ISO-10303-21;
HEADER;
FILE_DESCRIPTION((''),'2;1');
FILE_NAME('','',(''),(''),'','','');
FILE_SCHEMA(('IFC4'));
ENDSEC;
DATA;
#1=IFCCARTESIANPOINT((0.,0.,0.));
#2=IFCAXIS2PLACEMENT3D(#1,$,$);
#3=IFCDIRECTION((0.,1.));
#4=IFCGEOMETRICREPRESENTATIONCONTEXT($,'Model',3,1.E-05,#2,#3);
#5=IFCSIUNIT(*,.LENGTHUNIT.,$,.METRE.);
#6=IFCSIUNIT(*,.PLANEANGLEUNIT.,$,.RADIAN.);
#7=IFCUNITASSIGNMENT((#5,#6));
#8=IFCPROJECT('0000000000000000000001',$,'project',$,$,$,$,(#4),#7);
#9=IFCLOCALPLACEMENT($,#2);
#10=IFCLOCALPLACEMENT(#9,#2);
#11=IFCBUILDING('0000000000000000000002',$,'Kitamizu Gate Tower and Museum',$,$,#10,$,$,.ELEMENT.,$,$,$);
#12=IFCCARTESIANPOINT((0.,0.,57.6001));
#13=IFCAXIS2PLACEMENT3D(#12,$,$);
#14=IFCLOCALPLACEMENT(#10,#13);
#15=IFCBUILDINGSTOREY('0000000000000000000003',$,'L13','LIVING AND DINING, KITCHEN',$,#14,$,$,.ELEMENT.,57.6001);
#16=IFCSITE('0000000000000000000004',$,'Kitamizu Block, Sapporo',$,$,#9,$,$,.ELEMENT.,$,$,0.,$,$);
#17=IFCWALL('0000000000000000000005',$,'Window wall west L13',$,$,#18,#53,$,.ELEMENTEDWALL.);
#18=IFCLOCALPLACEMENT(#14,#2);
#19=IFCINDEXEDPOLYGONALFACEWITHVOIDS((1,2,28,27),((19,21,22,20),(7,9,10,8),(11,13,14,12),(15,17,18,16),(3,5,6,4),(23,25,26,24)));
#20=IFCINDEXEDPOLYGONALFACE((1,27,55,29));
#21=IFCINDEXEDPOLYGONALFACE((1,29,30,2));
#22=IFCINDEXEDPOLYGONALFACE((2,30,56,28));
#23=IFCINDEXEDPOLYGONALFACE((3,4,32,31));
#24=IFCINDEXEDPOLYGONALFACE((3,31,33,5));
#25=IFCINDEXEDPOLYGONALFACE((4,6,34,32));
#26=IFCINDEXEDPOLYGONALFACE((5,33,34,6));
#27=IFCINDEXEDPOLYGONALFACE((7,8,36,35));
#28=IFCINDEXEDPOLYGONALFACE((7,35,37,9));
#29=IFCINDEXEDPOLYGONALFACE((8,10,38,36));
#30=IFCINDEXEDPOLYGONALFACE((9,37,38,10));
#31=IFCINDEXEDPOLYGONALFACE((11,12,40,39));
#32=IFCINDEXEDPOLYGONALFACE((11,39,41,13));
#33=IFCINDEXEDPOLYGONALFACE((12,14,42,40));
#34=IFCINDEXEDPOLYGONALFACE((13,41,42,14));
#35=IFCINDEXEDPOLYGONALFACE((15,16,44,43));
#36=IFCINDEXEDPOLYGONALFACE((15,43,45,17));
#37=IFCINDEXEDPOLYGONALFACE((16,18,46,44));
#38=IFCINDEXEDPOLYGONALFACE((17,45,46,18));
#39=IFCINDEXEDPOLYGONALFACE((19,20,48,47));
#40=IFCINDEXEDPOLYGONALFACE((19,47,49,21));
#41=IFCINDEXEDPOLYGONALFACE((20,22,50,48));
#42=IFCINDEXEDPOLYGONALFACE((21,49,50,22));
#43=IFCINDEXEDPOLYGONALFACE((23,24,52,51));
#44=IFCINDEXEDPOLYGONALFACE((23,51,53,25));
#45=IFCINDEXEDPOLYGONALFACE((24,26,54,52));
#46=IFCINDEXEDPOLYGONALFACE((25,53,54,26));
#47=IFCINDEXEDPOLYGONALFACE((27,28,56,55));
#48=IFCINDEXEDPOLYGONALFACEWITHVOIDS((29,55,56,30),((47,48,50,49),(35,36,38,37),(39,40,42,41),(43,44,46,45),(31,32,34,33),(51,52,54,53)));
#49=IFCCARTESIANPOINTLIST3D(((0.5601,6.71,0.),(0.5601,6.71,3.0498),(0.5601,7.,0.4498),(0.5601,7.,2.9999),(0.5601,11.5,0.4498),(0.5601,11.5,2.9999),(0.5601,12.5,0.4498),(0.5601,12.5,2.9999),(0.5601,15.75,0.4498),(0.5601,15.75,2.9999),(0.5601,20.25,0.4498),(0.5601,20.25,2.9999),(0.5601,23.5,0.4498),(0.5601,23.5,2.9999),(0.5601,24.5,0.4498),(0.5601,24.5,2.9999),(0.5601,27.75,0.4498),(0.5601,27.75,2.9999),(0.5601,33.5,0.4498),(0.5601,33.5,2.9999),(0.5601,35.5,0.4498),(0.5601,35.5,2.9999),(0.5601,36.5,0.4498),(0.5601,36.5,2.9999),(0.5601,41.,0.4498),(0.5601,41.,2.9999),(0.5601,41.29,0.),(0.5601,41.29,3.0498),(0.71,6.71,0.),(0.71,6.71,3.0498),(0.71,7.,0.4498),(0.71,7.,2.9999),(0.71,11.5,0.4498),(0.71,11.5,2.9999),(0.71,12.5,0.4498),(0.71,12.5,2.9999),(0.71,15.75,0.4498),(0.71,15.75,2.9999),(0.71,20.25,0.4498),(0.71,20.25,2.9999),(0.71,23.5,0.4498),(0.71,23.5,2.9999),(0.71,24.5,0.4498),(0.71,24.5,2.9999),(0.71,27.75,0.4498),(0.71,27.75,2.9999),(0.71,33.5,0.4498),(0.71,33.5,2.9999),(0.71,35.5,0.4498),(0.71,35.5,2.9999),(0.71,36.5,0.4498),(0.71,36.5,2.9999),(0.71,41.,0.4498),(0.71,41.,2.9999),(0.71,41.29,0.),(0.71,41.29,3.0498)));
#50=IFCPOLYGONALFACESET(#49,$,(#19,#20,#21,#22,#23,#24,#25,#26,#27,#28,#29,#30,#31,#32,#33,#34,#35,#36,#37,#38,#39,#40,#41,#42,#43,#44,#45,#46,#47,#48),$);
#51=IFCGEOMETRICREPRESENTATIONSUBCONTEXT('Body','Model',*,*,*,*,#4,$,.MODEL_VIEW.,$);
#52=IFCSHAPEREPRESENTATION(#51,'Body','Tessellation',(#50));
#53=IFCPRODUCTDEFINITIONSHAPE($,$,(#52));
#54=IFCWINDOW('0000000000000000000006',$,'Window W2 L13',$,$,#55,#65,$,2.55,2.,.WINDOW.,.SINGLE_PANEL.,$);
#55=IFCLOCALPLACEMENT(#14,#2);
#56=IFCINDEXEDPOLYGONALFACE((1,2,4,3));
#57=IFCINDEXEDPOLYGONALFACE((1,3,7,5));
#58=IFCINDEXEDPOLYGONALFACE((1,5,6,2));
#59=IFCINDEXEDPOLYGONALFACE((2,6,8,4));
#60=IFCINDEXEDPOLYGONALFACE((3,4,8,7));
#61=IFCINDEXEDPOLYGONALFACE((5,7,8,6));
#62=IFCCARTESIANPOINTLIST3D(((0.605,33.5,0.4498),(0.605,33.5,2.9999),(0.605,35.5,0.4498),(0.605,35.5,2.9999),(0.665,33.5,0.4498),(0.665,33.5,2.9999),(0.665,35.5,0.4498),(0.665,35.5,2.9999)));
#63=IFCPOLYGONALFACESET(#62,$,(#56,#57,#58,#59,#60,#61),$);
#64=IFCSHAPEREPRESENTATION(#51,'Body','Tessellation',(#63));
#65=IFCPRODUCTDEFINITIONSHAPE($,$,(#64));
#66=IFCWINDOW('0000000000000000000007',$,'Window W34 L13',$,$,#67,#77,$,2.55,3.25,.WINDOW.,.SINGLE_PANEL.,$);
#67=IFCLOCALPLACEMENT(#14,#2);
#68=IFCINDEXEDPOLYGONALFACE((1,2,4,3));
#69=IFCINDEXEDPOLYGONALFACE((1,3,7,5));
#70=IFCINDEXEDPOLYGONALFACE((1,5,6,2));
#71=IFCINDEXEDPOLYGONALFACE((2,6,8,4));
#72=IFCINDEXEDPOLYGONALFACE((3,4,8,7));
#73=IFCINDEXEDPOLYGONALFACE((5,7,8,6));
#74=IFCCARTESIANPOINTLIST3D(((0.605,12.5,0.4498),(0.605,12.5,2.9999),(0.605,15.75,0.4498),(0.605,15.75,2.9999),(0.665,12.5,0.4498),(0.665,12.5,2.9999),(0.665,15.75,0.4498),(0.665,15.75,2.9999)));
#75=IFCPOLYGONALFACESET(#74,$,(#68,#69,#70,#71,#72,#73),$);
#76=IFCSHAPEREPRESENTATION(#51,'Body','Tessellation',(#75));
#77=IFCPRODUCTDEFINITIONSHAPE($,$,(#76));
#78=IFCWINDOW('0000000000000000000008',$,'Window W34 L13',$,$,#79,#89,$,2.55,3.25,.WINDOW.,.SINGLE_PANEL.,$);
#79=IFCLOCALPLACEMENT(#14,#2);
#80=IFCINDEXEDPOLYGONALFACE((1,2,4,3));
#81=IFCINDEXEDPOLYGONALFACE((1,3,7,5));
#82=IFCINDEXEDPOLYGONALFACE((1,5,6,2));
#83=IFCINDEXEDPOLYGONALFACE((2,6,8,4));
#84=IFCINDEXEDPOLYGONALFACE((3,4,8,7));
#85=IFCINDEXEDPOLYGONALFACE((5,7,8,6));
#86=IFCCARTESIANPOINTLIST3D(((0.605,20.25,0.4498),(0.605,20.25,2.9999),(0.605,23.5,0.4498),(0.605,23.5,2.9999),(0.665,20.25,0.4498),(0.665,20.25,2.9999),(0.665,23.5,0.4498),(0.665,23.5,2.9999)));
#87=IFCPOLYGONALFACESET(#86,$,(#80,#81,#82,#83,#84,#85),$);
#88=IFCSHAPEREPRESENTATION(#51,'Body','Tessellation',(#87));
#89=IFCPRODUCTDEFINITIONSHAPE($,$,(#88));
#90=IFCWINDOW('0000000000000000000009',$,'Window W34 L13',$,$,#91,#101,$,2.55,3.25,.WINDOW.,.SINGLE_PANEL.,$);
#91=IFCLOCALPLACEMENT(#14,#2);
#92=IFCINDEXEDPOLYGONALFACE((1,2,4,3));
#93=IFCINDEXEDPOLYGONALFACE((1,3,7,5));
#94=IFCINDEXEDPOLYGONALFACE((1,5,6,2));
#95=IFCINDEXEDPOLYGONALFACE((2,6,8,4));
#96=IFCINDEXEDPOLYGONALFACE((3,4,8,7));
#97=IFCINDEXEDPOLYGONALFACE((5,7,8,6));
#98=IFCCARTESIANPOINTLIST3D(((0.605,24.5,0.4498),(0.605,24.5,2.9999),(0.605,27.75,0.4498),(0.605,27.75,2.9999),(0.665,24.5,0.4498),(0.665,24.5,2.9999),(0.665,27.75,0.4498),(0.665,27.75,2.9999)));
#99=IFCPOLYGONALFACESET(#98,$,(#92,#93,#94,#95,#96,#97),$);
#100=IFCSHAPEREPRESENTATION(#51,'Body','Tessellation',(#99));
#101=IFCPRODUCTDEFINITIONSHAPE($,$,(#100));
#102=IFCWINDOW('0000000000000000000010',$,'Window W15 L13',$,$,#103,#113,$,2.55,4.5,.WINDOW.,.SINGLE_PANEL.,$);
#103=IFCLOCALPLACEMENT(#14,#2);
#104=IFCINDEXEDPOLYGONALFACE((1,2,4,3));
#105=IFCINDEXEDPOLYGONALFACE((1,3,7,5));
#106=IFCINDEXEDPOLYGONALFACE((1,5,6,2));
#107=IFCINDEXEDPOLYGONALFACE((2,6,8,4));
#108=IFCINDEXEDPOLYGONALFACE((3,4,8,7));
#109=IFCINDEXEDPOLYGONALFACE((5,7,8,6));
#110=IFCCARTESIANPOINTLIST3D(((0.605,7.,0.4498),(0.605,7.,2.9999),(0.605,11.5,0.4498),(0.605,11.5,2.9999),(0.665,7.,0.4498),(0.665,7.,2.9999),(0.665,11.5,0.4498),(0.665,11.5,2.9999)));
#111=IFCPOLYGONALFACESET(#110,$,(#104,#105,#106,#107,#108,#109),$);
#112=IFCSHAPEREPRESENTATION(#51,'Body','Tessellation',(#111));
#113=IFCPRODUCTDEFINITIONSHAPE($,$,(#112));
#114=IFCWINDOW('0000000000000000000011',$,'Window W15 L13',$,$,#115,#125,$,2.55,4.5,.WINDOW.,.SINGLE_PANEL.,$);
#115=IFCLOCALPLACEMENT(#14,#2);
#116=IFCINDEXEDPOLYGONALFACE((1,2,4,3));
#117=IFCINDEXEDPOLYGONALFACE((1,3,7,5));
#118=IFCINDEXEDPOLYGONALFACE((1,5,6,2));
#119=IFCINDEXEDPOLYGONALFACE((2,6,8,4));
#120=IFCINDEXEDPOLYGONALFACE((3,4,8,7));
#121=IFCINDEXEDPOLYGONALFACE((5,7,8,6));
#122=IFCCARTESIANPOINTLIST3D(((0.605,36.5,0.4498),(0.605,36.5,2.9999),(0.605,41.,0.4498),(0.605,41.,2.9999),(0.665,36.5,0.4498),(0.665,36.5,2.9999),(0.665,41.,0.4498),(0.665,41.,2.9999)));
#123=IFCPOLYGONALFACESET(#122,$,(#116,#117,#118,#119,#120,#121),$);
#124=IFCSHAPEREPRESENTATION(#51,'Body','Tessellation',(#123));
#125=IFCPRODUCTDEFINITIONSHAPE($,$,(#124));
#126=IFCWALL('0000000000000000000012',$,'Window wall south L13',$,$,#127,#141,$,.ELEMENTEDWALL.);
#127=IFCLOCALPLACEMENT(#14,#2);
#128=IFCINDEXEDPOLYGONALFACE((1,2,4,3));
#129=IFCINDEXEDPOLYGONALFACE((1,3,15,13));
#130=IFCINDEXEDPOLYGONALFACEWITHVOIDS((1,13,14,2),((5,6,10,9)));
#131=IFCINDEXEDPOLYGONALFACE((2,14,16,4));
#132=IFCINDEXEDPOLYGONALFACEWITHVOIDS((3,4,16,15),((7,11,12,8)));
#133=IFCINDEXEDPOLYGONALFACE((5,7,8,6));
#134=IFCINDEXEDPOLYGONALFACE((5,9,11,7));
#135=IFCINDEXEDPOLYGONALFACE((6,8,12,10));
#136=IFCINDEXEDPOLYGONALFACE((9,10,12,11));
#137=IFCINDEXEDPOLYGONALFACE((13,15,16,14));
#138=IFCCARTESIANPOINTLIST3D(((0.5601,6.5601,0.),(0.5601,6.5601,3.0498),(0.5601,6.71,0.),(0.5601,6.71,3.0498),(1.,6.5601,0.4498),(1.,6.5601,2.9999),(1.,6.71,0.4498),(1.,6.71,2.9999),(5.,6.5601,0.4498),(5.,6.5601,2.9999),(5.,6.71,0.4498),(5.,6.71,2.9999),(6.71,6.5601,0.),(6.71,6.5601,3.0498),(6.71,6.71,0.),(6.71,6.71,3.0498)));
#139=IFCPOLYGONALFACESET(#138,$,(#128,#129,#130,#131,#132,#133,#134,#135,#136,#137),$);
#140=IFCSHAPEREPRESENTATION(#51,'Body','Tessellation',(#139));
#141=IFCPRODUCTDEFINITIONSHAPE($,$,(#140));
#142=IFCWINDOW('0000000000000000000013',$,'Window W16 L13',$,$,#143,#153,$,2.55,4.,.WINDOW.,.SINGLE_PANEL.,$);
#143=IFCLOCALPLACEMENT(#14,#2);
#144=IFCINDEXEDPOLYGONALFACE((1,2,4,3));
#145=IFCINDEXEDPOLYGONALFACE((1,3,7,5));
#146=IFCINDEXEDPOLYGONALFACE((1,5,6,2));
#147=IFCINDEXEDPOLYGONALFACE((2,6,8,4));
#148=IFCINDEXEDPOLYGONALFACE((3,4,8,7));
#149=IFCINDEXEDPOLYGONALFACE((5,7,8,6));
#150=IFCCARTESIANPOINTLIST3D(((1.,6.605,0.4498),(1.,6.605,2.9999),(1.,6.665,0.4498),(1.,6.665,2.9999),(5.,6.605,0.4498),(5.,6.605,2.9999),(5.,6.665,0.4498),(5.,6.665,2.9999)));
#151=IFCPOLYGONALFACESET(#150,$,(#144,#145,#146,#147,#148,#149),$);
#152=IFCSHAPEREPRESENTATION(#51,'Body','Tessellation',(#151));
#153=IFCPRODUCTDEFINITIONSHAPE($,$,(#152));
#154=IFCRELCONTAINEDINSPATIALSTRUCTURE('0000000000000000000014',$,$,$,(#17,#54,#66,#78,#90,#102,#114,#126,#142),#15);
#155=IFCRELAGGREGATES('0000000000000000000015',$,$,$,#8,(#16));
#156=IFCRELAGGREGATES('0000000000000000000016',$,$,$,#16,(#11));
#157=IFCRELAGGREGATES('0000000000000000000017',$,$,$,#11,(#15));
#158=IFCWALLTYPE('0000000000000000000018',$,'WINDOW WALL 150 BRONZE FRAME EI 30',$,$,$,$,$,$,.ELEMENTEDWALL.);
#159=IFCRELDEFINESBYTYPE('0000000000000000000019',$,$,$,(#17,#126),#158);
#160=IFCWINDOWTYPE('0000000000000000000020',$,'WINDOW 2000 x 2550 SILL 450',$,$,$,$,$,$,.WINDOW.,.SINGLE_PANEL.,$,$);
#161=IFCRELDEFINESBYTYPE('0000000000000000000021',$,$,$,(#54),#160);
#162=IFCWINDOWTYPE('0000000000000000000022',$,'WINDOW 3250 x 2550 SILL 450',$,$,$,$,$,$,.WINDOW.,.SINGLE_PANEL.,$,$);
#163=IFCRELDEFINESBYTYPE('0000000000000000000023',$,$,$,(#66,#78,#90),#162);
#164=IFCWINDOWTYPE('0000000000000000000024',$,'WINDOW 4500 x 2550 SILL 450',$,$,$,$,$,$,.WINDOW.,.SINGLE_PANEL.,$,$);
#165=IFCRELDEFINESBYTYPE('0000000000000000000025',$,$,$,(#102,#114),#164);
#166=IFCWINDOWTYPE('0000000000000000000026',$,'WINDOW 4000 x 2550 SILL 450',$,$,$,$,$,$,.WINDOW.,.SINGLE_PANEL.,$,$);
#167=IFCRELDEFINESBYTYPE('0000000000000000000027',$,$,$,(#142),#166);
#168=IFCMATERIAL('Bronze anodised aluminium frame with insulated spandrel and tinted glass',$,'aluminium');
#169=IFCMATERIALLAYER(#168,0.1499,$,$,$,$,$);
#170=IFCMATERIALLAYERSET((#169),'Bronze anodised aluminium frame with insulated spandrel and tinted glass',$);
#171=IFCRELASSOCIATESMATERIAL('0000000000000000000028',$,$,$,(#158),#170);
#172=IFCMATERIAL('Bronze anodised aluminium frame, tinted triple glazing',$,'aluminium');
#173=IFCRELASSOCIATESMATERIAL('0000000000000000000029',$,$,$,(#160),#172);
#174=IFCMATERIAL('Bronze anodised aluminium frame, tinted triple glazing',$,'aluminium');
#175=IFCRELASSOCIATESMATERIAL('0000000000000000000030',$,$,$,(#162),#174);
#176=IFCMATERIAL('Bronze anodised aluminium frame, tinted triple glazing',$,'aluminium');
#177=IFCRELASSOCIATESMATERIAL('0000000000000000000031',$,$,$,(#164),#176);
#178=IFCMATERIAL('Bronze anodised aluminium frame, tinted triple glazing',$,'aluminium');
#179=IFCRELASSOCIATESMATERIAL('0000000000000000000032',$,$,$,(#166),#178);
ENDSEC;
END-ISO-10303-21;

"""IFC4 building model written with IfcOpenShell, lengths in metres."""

from ifc_helpers import new_model, si_unit, direction, frame, frame_2d, origin, place, context, subcontext, project, spatial, rectangle, extrude, material, layer, layer_set, type_object, element, fill, save


model = new_model("IFC4")

# Units and contexts
model_context = context("Model", 3, precision=1e-05, world=origin(), true_north=direction((0.0, 1.0)))
body_context = subcontext(model_context, "Body", "Model", "MODEL_VIEW")
ifc_project = project(units=[si_unit("LENGTHUNIT", "METRE"), si_unit("PLANEANGLEUNIT", "RADIAN")], contexts=[model_context])

# Site, building, storey
site_placement = place(None, origin())
site = spatial("IfcSite", under=ifc_project, at=site_placement, Name="Kitamizu Block, Sapporo", CompositionType="ELEMENT", RefElevation=0.0)
building_placement = place(site_placement, origin())
building = spatial("IfcBuilding", under=site, at=building_placement, Name="Kitamizu Gate Tower and Museum", CompositionType="ELEMENT")
storey_placement = place(building_placement, frame((0.0, 0.0, 57.6001)))
storey = spatial("IfcBuildingStorey", under=building, at=storey_placement, Name="L13", Description="LIVING AND DINING, KITCHEN", CompositionType="ELEMENT", Elevation=57.6001)

# Wall, openings, windows
ifc_material_1 = material(Name="Bronze anodised aluminium frame with insulated spandrel and tinted glass", Category="aluminium")
ifc_layer_1 = layer(ifc_material_1, 0.1499)
ifc_layer_set_1 = layer_set([ifc_layer_1], Name="Bronze anodised aluminium frame with insulated spandrel and tinted glass")
wall_type = type_object("IfcWallType", Name="WINDOW WALL 150 BRONZE FRAME EI 30", PredefinedType="ELEMENTEDWALL", material=ifc_layer_set_1)
wall_1_placement = place(storey_placement, frame((0.635, 6.71, 0.0), z_axis=(0.0, 0.0, 1.0), x_axis=(0.0, 1.0, 0.0)))
wall_1 = element("IfcWall", 1, at=wall_1_placement, inside=storey, type_object=wall_type, Name="Window wall west L13", PredefinedType="ELEMENTEDWALL", context=body_context, shape_type="SweptSolid", body=[
    extrude(rectangle(XDim=34.5801, YDim=0.1499, at=frame_2d((17.29, 0.0))), origin(), (0.0, 0.0, 1.0), 3.0498),
])
opening_1_placement = place(wall_1_placement, frame((0.29, 0.0, 0.45)))
opening_1 = element("IfcOpeningElement", 2, at=opening_1_placement, cuts=wall_1, PredefinedType="OPENING", context=body_context, shape_type="SweptSolid", body=[
    extrude(rectangle(XDim=4.5, YDim=2.55, at=frame_2d((2.25, 1.2749))), frame((0.0, 0.085, 0.0), z_axis=(0.0, -1.0, 0.0), x_axis=(1.0, 0.0, 0.0)), (0.0, 0.0, 1.0), 0.1699),
])
opening_2_placement = place(wall_1_placement, frame((5.79, 0.0, 0.45)))
opening_2 = element("IfcOpeningElement", 3, at=opening_2_placement, cuts=wall_1, PredefinedType="OPENING", context=body_context, shape_type="SweptSolid", body=[
    extrude(rectangle(XDim=3.25, YDim=2.55, at=frame_2d((1.625, 1.2749))), frame((0.0, 0.085, 0.0), z_axis=(0.0, -1.0, 0.0), x_axis=(1.0, 0.0, 0.0)), (0.0, 0.0, 1.0), 0.1699),
])
opening_3_placement = place(wall_1_placement, frame((13.54, 0.0, 0.45)))
opening_3 = element("IfcOpeningElement", 4, at=opening_3_placement, cuts=wall_1, PredefinedType="OPENING", context=body_context, shape_type="SweptSolid", body=[
    extrude(rectangle(XDim=3.25, YDim=2.55, at=frame_2d((1.625, 1.2749))), frame((0.0, 0.085, 0.0), z_axis=(0.0, -1.0, 0.0), x_axis=(1.0, 0.0, 0.0)), (0.0, 0.0, 1.0), 0.1699),
])
opening_4_placement = place(wall_1_placement, frame((17.79, 0.0, 0.45)))
opening_4 = element("IfcOpeningElement", 5, at=opening_4_placement, cuts=wall_1, PredefinedType="OPENING", context=body_context, shape_type="SweptSolid", body=[
    extrude(rectangle(XDim=3.25, YDim=2.55, at=frame_2d((1.625, 1.2749))), frame((0.0, 0.085, 0.0), z_axis=(0.0, -1.0, 0.0), x_axis=(1.0, 0.0, 0.0)), (0.0, 0.0, 1.0), 0.1699),
])
opening_5_placement = place(wall_1_placement, frame((26.79, 0.0, 0.45)))
opening_5 = element("IfcOpeningElement", 6, at=opening_5_placement, cuts=wall_1, PredefinedType="OPENING", context=body_context, shape_type="SweptSolid", body=[
    extrude(rectangle(XDim=2.0, YDim=2.55, at=frame_2d((1.0, 1.2749))), frame((0.0, 0.085, 0.0), z_axis=(0.0, -1.0, 0.0), x_axis=(1.0, 0.0, 0.0)), (0.0, 0.0, 1.0), 0.1699),
])
opening_6_placement = place(wall_1_placement, frame((29.79, 0.0, 0.45)))
opening_6 = element("IfcOpeningElement", 7, at=opening_6_placement, cuts=wall_1, PredefinedType="OPENING", context=body_context, shape_type="SweptSolid", body=[
    extrude(rectangle(XDim=4.5, YDim=2.55, at=frame_2d((2.25, 1.2749))), frame((0.0, 0.085, 0.0), z_axis=(0.0, -1.0, 0.0), x_axis=(1.0, 0.0, 0.0)), (0.0, 0.0, 1.0), 0.1699),
])
ifc_material_2 = material(Name="Bronze anodised aluminium frame, tinted triple glazing", Category="aluminium")
window_type_1 = type_object("IfcWindowType", Name="WINDOW 2000 x 2550 SILL 450", PartitioningType="SINGLE_PANEL", PredefinedType="WINDOW", material=ifc_material_2)
window_1_placement = place(opening_5_placement, origin())
window_1 = element("IfcWindow", 8, at=window_1_placement, inside=storey, type_object=window_type_1, Name="Window W2 L13", OverallHeight=2.55, OverallWidth=2.0, PartitioningType="SINGLE_PANEL", PredefinedType="WINDOW", context=body_context, shape_type="SweptSolid", body=[
    extrude(rectangle(XDim=2.0, YDim=2.55, at=frame_2d((1.0, 1.2749))), frame((0.0, 0.03, 0.0), z_axis=(0.0, -1.0, 0.0), x_axis=(1.0, 0.0, 0.0)), (0.0, 0.0, 1.0), 0.0601),
])
fill(opening_5, window_1)
ifc_material_3 = material(Name="Bronze anodised aluminium frame, tinted triple glazing", Category="aluminium")
window_type_2 = type_object("IfcWindowType", Name="WINDOW 3250 x 2550 SILL 450", PartitioningType="SINGLE_PANEL", PredefinedType="WINDOW", material=ifc_material_3)
window_2_placement = place(opening_2_placement, origin())
window_2 = element("IfcWindow", 9, at=window_2_placement, inside=storey, type_object=window_type_2, Name="Window W34 L13", OverallHeight=2.55, OverallWidth=3.25, PartitioningType="SINGLE_PANEL", PredefinedType="WINDOW", context=body_context, shape_type="SweptSolid", body=[
    extrude(rectangle(XDim=3.25, YDim=2.55, at=frame_2d((1.625, 1.2749))), frame((0.0, 0.03, 0.0), z_axis=(0.0, -1.0, 0.0), x_axis=(1.0, 0.0, 0.0)), (0.0, 0.0, 1.0), 0.0601),
])
fill(opening_2, window_2)
window_3_placement = place(opening_3_placement, origin())
window_3 = element("IfcWindow", 10, at=window_3_placement, inside=storey, type_object=window_type_2, Name="Window W34 L13", OverallHeight=2.55, OverallWidth=3.25, PartitioningType="SINGLE_PANEL", PredefinedType="WINDOW", context=body_context, shape_type="SweptSolid", body=[
    extrude(rectangle(XDim=3.25, YDim=2.55, at=frame_2d((1.625, 1.2749))), frame((0.0, 0.03, 0.0), z_axis=(0.0, -1.0, 0.0), x_axis=(1.0, 0.0, 0.0)), (0.0, 0.0, 1.0), 0.0601),
])
fill(opening_3, window_3)
window_4_placement = place(opening_4_placement, origin())
window_4 = element("IfcWindow", 11, at=window_4_placement, inside=storey, type_object=window_type_2, Name="Window W34 L13", OverallHeight=2.55, OverallWidth=3.25, PartitioningType="SINGLE_PANEL", PredefinedType="WINDOW", context=body_context, shape_type="SweptSolid", body=[
    extrude(rectangle(XDim=3.25, YDim=2.55, at=frame_2d((1.625, 1.2749))), frame((0.0, 0.03, 0.0), z_axis=(0.0, -1.0, 0.0), x_axis=(1.0, 0.0, 0.0)), (0.0, 0.0, 1.0), 0.0601),
])
fill(opening_4, window_4)
ifc_material_4 = material(Name="Bronze anodised aluminium frame, tinted triple glazing", Category="aluminium")
window_type_3 = type_object("IfcWindowType", Name="WINDOW 4500 x 2550 SILL 450", PartitioningType="SINGLE_PANEL", PredefinedType="WINDOW", material=ifc_material_4)
window_5_placement = place(opening_1_placement, origin())
window_5 = element("IfcWindow", 12, at=window_5_placement, inside=storey, type_object=window_type_3, Name="Window W15 L13", OverallHeight=2.55, OverallWidth=4.5, PartitioningType="SINGLE_PANEL", PredefinedType="WINDOW", context=body_context, shape_type="SweptSolid", body=[
    extrude(rectangle(XDim=4.5, YDim=2.55, at=frame_2d((2.25, 1.2749))), frame((0.0, 0.03, 0.0), z_axis=(0.0, -1.0, 0.0), x_axis=(1.0, 0.0, 0.0)), (0.0, 0.0, 1.0), 0.0601),
])
fill(opening_1, window_5)
window_6_placement = place(opening_6_placement, origin())
window_6 = element("IfcWindow", 13, at=window_6_placement, inside=storey, type_object=window_type_3, Name="Window W15 L13", OverallHeight=2.55, OverallWidth=4.5, PartitioningType="SINGLE_PANEL", PredefinedType="WINDOW", context=body_context, shape_type="SweptSolid", body=[
    extrude(rectangle(XDim=4.5, YDim=2.55, at=frame_2d((2.25, 1.2749))), frame((0.0, 0.03, 0.0), z_axis=(0.0, -1.0, 0.0), x_axis=(1.0, 0.0, 0.0)), (0.0, 0.0, 1.0), 0.0601),
])
fill(opening_6, window_6)

# Wall, opening, window
wall_2_placement = place(storey_placement, frame((0.5601, 6.635, 0.0), z_axis=(0.0, 0.0, 1.0), x_axis=(1.0, 0.0, 0.0)))
wall_2 = element("IfcWall", 14, at=wall_2_placement, inside=storey, type_object=wall_type, Name="Window wall south L13", PredefinedType="ELEMENTEDWALL", context=body_context, shape_type="SweptSolid", body=[
    extrude(rectangle(XDim=6.1499, YDim=0.1499, at=frame_2d((3.075, 0.0))), origin(), (0.0, 0.0, 1.0), 3.0498),
])
opening_7_placement = place(wall_2_placement, frame((0.4399, 0.0, 0.45)))
opening_7 = element("IfcOpeningElement", 15, at=opening_7_placement, cuts=wall_2, PredefinedType="OPENING", context=body_context, shape_type="SweptSolid", body=[
    extrude(rectangle(XDim=4.0, YDim=2.55, at=frame_2d((2.0, 1.2749))), frame((0.0, 0.085, 0.0), z_axis=(0.0, -1.0, 0.0), x_axis=(1.0, 0.0, 0.0)), (0.0, 0.0, 1.0), 0.1699),
])
ifc_material_5 = material(Name="Bronze anodised aluminium frame, tinted triple glazing", Category="aluminium")
window_type_4 = type_object("IfcWindowType", Name="WINDOW 4000 x 2550 SILL 450", PartitioningType="SINGLE_PANEL", PredefinedType="WINDOW", material=ifc_material_5)
window_7_placement = place(opening_7_placement, origin())
window_7 = element("IfcWindow", 16, at=window_7_placement, inside=storey, type_object=window_type_4, Name="Window W16 L13", OverallHeight=2.55, OverallWidth=4.0, PartitioningType="SINGLE_PANEL", PredefinedType="WINDOW", context=body_context, shape_type="SweptSolid", body=[
    extrude(rectangle(XDim=4.0, YDim=2.55, at=frame_2d((2.0, 1.2749))), frame((0.0, 0.03, 0.0), z_axis=(0.0, -1.0, 0.0), x_axis=(1.0, 0.0, 0.0)), (0.0, 0.0, 1.0), 0.0601),
])
fill(opening_7, window_7)

save(model, "model.ifc")
